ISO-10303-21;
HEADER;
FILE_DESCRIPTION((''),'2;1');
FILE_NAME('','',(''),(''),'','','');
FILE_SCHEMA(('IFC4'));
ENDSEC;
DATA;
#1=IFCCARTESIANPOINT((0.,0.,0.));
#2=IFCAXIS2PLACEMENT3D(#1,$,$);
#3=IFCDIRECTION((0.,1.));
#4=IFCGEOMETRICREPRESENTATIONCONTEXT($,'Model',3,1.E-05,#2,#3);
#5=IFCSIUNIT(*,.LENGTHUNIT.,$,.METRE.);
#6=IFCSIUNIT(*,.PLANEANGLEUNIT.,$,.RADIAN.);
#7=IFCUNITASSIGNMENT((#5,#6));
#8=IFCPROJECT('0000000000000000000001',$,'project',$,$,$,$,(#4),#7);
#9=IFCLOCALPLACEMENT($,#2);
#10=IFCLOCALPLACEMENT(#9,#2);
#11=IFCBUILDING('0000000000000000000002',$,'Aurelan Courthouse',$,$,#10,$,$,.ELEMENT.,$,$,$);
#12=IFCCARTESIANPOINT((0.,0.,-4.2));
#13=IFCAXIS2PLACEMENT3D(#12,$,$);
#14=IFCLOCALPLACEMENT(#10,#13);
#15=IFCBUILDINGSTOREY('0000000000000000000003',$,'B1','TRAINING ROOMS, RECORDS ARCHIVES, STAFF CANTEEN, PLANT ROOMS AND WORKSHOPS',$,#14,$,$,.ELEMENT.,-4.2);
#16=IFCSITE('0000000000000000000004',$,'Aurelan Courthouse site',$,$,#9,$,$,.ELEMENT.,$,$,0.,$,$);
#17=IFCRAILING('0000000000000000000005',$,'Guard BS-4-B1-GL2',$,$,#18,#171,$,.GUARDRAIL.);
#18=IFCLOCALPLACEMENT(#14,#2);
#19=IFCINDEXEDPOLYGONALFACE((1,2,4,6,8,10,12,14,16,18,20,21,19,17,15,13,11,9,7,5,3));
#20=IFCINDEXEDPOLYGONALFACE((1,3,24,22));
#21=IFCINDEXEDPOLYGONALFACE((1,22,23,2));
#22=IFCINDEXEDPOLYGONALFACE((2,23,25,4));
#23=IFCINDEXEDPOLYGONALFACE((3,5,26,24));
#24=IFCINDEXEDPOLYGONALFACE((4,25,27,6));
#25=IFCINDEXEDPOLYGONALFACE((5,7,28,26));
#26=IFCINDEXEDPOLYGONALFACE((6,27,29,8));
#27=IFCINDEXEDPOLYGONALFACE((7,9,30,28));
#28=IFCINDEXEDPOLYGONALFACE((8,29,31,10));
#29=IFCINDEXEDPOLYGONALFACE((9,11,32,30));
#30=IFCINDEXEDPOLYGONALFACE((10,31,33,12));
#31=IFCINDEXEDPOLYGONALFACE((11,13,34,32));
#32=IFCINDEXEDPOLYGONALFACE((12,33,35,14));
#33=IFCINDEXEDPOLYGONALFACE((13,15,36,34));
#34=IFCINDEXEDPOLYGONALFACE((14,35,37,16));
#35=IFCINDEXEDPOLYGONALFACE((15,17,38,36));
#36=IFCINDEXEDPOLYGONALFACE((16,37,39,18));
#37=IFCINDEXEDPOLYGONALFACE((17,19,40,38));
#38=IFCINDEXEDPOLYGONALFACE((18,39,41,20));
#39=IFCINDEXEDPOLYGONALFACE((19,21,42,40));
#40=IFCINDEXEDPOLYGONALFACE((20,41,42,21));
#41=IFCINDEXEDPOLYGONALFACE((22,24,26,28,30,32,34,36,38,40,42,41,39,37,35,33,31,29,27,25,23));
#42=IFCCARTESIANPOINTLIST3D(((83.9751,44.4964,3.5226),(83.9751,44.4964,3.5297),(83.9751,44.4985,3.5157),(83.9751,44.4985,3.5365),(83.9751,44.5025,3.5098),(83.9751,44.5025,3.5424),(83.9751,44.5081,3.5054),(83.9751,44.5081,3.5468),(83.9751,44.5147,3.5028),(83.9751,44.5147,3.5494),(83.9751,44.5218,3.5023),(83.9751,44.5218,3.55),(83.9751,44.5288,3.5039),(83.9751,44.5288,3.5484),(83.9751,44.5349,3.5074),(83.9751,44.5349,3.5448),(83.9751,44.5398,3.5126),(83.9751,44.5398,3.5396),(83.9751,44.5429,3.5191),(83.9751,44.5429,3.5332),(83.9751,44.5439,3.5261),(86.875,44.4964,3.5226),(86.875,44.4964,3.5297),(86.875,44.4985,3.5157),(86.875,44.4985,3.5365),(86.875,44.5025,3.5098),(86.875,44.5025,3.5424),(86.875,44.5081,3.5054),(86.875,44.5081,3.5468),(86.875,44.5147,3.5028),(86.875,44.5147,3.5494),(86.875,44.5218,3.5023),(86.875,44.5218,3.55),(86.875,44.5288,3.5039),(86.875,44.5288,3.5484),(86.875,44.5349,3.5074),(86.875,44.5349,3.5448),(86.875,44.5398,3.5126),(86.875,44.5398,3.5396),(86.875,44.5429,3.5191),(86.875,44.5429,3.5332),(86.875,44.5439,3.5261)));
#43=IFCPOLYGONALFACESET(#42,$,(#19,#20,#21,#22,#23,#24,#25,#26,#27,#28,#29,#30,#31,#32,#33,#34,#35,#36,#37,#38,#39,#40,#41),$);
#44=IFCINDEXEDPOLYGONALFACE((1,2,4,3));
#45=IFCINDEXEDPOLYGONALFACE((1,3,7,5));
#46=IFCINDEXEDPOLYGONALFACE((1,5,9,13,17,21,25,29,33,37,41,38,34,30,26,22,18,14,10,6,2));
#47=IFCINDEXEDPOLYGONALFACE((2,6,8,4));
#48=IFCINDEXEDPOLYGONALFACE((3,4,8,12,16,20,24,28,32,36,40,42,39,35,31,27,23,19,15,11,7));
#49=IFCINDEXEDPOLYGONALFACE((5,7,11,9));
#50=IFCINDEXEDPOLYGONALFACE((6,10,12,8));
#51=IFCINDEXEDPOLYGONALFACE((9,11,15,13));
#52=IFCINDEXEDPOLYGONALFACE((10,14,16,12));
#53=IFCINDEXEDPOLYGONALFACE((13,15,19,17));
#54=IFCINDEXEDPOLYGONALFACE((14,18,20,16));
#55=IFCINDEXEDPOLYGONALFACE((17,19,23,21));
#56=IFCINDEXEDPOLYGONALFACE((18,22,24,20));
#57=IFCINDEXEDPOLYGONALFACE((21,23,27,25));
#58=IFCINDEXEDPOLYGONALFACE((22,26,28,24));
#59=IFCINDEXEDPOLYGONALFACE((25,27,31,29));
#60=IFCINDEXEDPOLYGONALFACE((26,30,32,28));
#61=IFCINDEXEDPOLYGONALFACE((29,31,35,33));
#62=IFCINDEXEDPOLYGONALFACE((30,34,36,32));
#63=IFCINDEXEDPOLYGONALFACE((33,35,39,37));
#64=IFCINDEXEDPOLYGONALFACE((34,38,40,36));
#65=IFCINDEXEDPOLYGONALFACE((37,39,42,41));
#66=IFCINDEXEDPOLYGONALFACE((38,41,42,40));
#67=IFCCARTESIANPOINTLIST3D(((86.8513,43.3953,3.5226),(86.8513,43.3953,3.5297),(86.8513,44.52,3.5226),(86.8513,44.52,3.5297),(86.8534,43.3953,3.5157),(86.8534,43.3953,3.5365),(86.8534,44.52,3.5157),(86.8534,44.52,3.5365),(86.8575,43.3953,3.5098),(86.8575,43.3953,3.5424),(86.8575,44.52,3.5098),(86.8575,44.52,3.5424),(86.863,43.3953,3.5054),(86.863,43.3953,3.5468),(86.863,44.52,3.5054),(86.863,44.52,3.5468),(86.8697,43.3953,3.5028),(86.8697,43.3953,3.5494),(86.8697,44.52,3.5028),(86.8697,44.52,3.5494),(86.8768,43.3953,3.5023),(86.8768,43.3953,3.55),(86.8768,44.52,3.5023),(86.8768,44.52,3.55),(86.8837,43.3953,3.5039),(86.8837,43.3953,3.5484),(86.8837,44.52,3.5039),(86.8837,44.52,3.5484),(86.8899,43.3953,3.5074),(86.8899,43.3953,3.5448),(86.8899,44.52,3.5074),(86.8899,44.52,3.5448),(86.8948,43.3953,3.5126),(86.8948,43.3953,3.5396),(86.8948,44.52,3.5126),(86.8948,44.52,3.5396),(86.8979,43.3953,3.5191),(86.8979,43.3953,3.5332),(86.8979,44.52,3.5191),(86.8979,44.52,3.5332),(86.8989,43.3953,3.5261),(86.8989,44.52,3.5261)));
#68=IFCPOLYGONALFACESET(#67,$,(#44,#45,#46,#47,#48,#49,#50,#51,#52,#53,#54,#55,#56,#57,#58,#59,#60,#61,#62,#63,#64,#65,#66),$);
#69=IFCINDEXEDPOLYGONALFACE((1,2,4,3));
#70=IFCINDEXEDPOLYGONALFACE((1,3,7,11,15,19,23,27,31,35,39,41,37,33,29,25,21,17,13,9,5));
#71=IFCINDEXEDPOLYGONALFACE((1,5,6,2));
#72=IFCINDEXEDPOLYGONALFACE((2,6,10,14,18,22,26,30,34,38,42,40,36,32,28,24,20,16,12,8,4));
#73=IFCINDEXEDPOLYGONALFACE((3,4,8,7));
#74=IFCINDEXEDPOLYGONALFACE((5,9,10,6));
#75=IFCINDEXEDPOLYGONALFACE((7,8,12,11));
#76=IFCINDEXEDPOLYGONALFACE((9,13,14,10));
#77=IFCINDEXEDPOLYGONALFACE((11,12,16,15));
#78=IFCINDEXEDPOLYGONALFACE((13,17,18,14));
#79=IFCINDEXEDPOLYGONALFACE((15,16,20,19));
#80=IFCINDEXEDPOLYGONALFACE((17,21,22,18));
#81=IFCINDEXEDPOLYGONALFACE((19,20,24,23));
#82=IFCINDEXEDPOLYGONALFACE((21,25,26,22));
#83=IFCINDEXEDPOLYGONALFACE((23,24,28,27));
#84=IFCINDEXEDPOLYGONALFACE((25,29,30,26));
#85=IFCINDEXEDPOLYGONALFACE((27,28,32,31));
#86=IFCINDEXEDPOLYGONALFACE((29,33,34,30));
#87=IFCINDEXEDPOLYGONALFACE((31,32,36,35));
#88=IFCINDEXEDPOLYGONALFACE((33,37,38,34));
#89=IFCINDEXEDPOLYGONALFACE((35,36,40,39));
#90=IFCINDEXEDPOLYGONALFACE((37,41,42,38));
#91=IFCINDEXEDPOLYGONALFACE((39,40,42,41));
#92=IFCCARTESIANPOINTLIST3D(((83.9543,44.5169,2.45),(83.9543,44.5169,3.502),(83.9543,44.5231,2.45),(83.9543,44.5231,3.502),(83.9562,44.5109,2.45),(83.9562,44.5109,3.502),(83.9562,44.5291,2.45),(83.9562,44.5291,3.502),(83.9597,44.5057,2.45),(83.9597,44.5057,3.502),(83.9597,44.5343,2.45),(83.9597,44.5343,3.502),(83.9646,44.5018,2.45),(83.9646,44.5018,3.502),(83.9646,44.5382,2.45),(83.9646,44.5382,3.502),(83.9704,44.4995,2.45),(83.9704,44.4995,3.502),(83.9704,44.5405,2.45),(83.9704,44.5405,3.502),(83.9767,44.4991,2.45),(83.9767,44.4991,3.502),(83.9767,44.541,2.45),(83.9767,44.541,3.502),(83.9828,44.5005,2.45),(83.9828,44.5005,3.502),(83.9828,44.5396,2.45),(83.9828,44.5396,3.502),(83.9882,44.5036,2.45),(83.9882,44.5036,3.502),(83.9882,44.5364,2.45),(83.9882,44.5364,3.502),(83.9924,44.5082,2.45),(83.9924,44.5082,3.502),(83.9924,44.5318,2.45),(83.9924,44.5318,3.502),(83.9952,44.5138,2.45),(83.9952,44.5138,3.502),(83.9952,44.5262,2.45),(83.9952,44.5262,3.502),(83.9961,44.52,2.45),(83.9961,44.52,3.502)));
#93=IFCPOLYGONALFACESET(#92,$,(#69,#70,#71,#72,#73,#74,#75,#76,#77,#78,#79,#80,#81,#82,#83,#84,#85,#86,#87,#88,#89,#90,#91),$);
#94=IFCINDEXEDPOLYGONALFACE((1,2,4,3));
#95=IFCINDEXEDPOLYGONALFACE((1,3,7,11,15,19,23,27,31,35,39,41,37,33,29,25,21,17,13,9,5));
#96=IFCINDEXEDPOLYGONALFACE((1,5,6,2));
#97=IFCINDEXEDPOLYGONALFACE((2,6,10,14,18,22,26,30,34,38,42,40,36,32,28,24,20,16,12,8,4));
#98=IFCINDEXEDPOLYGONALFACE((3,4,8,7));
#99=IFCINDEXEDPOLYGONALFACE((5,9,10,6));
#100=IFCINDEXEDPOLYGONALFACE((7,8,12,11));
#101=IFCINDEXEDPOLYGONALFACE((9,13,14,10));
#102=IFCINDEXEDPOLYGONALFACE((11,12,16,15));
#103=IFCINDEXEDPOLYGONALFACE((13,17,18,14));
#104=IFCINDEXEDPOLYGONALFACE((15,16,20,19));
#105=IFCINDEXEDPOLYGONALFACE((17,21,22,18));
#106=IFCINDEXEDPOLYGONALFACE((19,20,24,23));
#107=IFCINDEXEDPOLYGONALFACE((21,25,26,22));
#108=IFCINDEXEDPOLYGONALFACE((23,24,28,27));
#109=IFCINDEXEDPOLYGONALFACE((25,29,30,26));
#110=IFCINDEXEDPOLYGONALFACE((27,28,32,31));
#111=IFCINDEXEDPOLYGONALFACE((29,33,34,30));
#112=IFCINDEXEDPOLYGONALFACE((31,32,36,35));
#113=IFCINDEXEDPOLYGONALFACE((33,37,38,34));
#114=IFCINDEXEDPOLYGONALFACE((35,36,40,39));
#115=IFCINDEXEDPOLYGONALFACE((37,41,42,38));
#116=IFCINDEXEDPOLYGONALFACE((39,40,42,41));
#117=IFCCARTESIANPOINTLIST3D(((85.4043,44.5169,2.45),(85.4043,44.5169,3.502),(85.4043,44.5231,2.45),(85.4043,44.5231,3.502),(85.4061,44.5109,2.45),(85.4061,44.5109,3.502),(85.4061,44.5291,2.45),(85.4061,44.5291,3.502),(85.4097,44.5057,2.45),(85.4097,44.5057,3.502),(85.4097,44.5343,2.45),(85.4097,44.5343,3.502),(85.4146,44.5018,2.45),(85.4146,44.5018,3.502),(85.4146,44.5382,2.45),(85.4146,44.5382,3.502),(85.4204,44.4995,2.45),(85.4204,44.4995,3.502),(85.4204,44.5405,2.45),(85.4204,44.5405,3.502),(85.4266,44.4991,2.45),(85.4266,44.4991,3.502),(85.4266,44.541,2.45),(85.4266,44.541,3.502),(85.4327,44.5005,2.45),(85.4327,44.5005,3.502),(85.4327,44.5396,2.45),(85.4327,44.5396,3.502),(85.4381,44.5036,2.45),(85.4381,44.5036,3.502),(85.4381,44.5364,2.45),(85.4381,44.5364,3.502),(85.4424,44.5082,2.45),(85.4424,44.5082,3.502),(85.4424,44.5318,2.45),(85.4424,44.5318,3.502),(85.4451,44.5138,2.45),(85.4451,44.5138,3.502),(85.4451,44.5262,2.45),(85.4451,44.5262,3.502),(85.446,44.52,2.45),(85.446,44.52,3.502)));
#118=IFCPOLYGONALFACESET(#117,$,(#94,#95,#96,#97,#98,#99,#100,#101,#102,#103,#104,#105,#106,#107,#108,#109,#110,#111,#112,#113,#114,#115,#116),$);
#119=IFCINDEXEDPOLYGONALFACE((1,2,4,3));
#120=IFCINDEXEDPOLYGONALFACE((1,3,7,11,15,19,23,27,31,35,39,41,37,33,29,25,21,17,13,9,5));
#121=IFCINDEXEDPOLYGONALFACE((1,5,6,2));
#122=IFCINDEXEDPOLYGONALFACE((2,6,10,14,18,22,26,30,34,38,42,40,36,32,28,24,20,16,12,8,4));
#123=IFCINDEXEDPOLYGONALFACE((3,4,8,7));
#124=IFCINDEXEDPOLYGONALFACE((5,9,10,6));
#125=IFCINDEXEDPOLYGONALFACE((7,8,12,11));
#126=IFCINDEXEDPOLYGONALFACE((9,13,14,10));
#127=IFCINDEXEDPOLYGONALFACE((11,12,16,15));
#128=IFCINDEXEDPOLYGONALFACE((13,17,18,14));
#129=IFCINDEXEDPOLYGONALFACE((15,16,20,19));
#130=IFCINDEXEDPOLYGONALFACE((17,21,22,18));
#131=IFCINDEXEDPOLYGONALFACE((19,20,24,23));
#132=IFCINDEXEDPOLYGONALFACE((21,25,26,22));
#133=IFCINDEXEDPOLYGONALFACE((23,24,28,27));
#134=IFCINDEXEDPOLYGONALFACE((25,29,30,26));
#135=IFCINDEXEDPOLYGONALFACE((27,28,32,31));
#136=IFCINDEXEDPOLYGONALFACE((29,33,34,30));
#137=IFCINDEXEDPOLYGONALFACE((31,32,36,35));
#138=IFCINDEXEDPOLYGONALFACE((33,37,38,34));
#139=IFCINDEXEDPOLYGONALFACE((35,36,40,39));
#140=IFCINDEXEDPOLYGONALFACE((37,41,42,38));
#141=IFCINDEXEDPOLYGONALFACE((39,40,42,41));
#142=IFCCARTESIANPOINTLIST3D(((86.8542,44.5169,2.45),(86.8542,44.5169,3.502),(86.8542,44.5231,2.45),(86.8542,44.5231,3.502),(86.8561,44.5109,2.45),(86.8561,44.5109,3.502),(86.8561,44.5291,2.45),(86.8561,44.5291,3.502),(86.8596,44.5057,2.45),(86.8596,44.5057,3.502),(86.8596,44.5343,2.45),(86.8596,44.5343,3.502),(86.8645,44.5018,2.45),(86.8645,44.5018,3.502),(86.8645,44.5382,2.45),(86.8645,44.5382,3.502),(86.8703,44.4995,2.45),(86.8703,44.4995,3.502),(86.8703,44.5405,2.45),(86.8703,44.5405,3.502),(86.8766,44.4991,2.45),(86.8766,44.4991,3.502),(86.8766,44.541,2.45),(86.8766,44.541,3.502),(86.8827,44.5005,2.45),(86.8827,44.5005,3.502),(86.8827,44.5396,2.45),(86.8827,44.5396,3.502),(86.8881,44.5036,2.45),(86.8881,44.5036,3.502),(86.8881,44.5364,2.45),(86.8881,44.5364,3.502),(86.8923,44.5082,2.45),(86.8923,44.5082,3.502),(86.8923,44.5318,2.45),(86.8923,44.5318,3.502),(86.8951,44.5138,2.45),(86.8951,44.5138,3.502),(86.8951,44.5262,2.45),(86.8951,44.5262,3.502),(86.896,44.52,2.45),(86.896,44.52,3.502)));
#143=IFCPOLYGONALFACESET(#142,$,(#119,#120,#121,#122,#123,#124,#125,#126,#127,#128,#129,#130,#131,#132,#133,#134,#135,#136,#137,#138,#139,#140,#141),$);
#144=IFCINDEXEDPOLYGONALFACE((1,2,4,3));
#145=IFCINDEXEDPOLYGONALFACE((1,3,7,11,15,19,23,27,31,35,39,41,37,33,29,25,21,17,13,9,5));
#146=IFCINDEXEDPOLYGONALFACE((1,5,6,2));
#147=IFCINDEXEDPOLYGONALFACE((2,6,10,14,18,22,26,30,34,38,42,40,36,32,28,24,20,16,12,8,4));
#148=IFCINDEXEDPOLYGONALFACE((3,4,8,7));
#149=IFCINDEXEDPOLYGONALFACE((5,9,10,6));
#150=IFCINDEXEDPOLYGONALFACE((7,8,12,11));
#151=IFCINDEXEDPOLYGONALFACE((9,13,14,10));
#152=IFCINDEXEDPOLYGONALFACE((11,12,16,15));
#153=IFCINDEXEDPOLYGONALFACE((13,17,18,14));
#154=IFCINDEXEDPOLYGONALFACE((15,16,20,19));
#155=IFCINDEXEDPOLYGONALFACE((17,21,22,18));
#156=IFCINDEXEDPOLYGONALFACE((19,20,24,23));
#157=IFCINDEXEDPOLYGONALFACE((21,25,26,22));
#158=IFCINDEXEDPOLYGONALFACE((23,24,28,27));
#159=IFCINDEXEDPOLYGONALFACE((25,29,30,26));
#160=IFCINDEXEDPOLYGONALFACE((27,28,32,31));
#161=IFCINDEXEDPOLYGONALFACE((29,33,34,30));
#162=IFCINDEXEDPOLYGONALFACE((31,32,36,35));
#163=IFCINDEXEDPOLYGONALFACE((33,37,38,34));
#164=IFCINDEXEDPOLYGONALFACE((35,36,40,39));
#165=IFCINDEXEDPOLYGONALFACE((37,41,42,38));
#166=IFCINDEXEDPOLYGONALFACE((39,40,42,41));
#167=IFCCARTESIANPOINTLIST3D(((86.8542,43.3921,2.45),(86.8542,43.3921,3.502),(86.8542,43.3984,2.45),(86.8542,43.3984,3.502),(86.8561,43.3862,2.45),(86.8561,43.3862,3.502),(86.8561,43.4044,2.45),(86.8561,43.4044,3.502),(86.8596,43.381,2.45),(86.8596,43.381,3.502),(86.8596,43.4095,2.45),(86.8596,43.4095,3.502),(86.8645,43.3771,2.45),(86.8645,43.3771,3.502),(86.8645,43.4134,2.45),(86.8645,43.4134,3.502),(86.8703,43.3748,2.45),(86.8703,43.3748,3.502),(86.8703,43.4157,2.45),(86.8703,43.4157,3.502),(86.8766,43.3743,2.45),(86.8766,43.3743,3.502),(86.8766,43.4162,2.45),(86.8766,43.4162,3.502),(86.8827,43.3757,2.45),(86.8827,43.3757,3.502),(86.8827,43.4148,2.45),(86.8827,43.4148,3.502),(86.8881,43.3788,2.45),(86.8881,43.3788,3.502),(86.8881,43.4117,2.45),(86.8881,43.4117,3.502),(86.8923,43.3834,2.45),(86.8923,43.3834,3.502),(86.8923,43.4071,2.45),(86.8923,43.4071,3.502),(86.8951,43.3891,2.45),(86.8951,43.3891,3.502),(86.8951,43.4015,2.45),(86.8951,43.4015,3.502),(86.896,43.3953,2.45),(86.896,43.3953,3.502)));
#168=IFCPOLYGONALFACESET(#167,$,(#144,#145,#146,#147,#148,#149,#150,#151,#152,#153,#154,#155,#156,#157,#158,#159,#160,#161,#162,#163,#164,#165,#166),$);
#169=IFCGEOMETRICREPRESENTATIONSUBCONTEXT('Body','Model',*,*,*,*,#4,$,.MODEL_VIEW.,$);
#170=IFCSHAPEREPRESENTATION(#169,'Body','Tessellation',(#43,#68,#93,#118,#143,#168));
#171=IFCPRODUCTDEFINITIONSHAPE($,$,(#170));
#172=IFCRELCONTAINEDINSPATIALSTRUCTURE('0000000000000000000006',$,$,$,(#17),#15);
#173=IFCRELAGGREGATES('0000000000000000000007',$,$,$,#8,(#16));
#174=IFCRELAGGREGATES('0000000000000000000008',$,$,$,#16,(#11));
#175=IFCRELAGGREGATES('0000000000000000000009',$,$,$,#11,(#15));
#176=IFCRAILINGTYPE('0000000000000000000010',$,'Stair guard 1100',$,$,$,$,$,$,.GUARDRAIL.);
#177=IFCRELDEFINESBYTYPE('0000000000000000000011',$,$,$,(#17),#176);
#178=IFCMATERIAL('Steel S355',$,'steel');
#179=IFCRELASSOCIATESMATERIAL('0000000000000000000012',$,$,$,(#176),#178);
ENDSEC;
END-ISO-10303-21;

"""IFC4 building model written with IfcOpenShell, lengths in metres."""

from ifc_helpers import new_model, si_unit, direction, frame, origin, origin_2d, place, context, subcontext, project, spatial, circle, extrude, material, type_object, element, save


model = new_model("IFC4")

# Units and contexts
model_context = context("Model", 3, precision=1e-05, world=origin(), true_north=direction((0.0, 1.0)))
body_context = subcontext(model_context, "Body", "Model", "MODEL_VIEW")
ifc_project = project(units=[si_unit("LENGTHUNIT", "METRE"), si_unit("PLANEANGLEUNIT", "RADIAN")], contexts=[model_context])

# Site, building, storey
site_placement = place(None, origin())
site = spatial("IfcSite", under=ifc_project, at=site_placement, Name="Aurelan Courthouse site", CompositionType="ELEMENT", RefElevation=0.0)
building_placement = place(site_placement, origin())
building = spatial("IfcBuilding", under=site, at=building_placement, Name="Aurelan Courthouse", CompositionType="ELEMENT")
storey_placement = place(building_placement, frame((0.0, 0.0, -4.2)))
storey = spatial("IfcBuildingStorey", under=building, at=storey_placement, Name="B1", Description="TRAINING ROOMS, RECORDS ARCHIVES, STAFF CANTEEN, PLANT ROOMS AND WORKSHOPS", CompositionType="ELEMENT", Elevation=-4.2)

# Railing
ifc_material_1 = material(Name="Steel S355", Category="steel")
railing_type_1 = type_object("IfcRailingType", Name="Stair guard 1100", PredefinedType="GUARDRAIL", material=ifc_material_1)
railing_1_placement = place(storey_placement, frame((83.9751, 44.52, 2.45)))
element("IfcRailing", 1, at=railing_1_placement, inside=storey, type_object=railing_type_1, Name="Guard BS-4-B1-GL2", PredefinedType="GUARDRAIL", context=body_context, shape_type="SweptSolid", body=[
    extrude(circle(Radius=0.0239, at=origin_2d()), frame((0.0, 0.0, 1.0762), z_axis=(1.0, 0.0, 0.0), x_axis=(0.0, 1.0, 0.0)), (0.0, 0.0, 1.0), 2.8999),
    extrude(circle(Radius=0.0239, at=origin_2d()), frame((2.8999, 0.0, 1.0762), z_axis=(0.0, -1.0, 0.0), x_axis=(1.0, 0.0, 0.0)), (0.0, 0.0, 1.0), 1.1248),
    extrude(circle(Radius=0.021, at=origin_2d()), origin(), (0.0, 0.0, 1.0), 1.052),
    extrude(circle(Radius=0.021, at=origin_2d()), frame((1.45, 0.0, 0.0)), (0.0, 0.0, 1.0), 1.052),
    extrude(circle(Radius=0.021, at=origin_2d()), frame((2.8999, 0.0, 0.0)), (0.0, 0.0, 1.0), 1.052),
    extrude(circle(Radius=0.021, at=origin_2d()), frame((2.8999, -1.1248, 0.0)), (0.0, 0.0, 1.0), 1.052),
])

save(model, "model.ifc")
